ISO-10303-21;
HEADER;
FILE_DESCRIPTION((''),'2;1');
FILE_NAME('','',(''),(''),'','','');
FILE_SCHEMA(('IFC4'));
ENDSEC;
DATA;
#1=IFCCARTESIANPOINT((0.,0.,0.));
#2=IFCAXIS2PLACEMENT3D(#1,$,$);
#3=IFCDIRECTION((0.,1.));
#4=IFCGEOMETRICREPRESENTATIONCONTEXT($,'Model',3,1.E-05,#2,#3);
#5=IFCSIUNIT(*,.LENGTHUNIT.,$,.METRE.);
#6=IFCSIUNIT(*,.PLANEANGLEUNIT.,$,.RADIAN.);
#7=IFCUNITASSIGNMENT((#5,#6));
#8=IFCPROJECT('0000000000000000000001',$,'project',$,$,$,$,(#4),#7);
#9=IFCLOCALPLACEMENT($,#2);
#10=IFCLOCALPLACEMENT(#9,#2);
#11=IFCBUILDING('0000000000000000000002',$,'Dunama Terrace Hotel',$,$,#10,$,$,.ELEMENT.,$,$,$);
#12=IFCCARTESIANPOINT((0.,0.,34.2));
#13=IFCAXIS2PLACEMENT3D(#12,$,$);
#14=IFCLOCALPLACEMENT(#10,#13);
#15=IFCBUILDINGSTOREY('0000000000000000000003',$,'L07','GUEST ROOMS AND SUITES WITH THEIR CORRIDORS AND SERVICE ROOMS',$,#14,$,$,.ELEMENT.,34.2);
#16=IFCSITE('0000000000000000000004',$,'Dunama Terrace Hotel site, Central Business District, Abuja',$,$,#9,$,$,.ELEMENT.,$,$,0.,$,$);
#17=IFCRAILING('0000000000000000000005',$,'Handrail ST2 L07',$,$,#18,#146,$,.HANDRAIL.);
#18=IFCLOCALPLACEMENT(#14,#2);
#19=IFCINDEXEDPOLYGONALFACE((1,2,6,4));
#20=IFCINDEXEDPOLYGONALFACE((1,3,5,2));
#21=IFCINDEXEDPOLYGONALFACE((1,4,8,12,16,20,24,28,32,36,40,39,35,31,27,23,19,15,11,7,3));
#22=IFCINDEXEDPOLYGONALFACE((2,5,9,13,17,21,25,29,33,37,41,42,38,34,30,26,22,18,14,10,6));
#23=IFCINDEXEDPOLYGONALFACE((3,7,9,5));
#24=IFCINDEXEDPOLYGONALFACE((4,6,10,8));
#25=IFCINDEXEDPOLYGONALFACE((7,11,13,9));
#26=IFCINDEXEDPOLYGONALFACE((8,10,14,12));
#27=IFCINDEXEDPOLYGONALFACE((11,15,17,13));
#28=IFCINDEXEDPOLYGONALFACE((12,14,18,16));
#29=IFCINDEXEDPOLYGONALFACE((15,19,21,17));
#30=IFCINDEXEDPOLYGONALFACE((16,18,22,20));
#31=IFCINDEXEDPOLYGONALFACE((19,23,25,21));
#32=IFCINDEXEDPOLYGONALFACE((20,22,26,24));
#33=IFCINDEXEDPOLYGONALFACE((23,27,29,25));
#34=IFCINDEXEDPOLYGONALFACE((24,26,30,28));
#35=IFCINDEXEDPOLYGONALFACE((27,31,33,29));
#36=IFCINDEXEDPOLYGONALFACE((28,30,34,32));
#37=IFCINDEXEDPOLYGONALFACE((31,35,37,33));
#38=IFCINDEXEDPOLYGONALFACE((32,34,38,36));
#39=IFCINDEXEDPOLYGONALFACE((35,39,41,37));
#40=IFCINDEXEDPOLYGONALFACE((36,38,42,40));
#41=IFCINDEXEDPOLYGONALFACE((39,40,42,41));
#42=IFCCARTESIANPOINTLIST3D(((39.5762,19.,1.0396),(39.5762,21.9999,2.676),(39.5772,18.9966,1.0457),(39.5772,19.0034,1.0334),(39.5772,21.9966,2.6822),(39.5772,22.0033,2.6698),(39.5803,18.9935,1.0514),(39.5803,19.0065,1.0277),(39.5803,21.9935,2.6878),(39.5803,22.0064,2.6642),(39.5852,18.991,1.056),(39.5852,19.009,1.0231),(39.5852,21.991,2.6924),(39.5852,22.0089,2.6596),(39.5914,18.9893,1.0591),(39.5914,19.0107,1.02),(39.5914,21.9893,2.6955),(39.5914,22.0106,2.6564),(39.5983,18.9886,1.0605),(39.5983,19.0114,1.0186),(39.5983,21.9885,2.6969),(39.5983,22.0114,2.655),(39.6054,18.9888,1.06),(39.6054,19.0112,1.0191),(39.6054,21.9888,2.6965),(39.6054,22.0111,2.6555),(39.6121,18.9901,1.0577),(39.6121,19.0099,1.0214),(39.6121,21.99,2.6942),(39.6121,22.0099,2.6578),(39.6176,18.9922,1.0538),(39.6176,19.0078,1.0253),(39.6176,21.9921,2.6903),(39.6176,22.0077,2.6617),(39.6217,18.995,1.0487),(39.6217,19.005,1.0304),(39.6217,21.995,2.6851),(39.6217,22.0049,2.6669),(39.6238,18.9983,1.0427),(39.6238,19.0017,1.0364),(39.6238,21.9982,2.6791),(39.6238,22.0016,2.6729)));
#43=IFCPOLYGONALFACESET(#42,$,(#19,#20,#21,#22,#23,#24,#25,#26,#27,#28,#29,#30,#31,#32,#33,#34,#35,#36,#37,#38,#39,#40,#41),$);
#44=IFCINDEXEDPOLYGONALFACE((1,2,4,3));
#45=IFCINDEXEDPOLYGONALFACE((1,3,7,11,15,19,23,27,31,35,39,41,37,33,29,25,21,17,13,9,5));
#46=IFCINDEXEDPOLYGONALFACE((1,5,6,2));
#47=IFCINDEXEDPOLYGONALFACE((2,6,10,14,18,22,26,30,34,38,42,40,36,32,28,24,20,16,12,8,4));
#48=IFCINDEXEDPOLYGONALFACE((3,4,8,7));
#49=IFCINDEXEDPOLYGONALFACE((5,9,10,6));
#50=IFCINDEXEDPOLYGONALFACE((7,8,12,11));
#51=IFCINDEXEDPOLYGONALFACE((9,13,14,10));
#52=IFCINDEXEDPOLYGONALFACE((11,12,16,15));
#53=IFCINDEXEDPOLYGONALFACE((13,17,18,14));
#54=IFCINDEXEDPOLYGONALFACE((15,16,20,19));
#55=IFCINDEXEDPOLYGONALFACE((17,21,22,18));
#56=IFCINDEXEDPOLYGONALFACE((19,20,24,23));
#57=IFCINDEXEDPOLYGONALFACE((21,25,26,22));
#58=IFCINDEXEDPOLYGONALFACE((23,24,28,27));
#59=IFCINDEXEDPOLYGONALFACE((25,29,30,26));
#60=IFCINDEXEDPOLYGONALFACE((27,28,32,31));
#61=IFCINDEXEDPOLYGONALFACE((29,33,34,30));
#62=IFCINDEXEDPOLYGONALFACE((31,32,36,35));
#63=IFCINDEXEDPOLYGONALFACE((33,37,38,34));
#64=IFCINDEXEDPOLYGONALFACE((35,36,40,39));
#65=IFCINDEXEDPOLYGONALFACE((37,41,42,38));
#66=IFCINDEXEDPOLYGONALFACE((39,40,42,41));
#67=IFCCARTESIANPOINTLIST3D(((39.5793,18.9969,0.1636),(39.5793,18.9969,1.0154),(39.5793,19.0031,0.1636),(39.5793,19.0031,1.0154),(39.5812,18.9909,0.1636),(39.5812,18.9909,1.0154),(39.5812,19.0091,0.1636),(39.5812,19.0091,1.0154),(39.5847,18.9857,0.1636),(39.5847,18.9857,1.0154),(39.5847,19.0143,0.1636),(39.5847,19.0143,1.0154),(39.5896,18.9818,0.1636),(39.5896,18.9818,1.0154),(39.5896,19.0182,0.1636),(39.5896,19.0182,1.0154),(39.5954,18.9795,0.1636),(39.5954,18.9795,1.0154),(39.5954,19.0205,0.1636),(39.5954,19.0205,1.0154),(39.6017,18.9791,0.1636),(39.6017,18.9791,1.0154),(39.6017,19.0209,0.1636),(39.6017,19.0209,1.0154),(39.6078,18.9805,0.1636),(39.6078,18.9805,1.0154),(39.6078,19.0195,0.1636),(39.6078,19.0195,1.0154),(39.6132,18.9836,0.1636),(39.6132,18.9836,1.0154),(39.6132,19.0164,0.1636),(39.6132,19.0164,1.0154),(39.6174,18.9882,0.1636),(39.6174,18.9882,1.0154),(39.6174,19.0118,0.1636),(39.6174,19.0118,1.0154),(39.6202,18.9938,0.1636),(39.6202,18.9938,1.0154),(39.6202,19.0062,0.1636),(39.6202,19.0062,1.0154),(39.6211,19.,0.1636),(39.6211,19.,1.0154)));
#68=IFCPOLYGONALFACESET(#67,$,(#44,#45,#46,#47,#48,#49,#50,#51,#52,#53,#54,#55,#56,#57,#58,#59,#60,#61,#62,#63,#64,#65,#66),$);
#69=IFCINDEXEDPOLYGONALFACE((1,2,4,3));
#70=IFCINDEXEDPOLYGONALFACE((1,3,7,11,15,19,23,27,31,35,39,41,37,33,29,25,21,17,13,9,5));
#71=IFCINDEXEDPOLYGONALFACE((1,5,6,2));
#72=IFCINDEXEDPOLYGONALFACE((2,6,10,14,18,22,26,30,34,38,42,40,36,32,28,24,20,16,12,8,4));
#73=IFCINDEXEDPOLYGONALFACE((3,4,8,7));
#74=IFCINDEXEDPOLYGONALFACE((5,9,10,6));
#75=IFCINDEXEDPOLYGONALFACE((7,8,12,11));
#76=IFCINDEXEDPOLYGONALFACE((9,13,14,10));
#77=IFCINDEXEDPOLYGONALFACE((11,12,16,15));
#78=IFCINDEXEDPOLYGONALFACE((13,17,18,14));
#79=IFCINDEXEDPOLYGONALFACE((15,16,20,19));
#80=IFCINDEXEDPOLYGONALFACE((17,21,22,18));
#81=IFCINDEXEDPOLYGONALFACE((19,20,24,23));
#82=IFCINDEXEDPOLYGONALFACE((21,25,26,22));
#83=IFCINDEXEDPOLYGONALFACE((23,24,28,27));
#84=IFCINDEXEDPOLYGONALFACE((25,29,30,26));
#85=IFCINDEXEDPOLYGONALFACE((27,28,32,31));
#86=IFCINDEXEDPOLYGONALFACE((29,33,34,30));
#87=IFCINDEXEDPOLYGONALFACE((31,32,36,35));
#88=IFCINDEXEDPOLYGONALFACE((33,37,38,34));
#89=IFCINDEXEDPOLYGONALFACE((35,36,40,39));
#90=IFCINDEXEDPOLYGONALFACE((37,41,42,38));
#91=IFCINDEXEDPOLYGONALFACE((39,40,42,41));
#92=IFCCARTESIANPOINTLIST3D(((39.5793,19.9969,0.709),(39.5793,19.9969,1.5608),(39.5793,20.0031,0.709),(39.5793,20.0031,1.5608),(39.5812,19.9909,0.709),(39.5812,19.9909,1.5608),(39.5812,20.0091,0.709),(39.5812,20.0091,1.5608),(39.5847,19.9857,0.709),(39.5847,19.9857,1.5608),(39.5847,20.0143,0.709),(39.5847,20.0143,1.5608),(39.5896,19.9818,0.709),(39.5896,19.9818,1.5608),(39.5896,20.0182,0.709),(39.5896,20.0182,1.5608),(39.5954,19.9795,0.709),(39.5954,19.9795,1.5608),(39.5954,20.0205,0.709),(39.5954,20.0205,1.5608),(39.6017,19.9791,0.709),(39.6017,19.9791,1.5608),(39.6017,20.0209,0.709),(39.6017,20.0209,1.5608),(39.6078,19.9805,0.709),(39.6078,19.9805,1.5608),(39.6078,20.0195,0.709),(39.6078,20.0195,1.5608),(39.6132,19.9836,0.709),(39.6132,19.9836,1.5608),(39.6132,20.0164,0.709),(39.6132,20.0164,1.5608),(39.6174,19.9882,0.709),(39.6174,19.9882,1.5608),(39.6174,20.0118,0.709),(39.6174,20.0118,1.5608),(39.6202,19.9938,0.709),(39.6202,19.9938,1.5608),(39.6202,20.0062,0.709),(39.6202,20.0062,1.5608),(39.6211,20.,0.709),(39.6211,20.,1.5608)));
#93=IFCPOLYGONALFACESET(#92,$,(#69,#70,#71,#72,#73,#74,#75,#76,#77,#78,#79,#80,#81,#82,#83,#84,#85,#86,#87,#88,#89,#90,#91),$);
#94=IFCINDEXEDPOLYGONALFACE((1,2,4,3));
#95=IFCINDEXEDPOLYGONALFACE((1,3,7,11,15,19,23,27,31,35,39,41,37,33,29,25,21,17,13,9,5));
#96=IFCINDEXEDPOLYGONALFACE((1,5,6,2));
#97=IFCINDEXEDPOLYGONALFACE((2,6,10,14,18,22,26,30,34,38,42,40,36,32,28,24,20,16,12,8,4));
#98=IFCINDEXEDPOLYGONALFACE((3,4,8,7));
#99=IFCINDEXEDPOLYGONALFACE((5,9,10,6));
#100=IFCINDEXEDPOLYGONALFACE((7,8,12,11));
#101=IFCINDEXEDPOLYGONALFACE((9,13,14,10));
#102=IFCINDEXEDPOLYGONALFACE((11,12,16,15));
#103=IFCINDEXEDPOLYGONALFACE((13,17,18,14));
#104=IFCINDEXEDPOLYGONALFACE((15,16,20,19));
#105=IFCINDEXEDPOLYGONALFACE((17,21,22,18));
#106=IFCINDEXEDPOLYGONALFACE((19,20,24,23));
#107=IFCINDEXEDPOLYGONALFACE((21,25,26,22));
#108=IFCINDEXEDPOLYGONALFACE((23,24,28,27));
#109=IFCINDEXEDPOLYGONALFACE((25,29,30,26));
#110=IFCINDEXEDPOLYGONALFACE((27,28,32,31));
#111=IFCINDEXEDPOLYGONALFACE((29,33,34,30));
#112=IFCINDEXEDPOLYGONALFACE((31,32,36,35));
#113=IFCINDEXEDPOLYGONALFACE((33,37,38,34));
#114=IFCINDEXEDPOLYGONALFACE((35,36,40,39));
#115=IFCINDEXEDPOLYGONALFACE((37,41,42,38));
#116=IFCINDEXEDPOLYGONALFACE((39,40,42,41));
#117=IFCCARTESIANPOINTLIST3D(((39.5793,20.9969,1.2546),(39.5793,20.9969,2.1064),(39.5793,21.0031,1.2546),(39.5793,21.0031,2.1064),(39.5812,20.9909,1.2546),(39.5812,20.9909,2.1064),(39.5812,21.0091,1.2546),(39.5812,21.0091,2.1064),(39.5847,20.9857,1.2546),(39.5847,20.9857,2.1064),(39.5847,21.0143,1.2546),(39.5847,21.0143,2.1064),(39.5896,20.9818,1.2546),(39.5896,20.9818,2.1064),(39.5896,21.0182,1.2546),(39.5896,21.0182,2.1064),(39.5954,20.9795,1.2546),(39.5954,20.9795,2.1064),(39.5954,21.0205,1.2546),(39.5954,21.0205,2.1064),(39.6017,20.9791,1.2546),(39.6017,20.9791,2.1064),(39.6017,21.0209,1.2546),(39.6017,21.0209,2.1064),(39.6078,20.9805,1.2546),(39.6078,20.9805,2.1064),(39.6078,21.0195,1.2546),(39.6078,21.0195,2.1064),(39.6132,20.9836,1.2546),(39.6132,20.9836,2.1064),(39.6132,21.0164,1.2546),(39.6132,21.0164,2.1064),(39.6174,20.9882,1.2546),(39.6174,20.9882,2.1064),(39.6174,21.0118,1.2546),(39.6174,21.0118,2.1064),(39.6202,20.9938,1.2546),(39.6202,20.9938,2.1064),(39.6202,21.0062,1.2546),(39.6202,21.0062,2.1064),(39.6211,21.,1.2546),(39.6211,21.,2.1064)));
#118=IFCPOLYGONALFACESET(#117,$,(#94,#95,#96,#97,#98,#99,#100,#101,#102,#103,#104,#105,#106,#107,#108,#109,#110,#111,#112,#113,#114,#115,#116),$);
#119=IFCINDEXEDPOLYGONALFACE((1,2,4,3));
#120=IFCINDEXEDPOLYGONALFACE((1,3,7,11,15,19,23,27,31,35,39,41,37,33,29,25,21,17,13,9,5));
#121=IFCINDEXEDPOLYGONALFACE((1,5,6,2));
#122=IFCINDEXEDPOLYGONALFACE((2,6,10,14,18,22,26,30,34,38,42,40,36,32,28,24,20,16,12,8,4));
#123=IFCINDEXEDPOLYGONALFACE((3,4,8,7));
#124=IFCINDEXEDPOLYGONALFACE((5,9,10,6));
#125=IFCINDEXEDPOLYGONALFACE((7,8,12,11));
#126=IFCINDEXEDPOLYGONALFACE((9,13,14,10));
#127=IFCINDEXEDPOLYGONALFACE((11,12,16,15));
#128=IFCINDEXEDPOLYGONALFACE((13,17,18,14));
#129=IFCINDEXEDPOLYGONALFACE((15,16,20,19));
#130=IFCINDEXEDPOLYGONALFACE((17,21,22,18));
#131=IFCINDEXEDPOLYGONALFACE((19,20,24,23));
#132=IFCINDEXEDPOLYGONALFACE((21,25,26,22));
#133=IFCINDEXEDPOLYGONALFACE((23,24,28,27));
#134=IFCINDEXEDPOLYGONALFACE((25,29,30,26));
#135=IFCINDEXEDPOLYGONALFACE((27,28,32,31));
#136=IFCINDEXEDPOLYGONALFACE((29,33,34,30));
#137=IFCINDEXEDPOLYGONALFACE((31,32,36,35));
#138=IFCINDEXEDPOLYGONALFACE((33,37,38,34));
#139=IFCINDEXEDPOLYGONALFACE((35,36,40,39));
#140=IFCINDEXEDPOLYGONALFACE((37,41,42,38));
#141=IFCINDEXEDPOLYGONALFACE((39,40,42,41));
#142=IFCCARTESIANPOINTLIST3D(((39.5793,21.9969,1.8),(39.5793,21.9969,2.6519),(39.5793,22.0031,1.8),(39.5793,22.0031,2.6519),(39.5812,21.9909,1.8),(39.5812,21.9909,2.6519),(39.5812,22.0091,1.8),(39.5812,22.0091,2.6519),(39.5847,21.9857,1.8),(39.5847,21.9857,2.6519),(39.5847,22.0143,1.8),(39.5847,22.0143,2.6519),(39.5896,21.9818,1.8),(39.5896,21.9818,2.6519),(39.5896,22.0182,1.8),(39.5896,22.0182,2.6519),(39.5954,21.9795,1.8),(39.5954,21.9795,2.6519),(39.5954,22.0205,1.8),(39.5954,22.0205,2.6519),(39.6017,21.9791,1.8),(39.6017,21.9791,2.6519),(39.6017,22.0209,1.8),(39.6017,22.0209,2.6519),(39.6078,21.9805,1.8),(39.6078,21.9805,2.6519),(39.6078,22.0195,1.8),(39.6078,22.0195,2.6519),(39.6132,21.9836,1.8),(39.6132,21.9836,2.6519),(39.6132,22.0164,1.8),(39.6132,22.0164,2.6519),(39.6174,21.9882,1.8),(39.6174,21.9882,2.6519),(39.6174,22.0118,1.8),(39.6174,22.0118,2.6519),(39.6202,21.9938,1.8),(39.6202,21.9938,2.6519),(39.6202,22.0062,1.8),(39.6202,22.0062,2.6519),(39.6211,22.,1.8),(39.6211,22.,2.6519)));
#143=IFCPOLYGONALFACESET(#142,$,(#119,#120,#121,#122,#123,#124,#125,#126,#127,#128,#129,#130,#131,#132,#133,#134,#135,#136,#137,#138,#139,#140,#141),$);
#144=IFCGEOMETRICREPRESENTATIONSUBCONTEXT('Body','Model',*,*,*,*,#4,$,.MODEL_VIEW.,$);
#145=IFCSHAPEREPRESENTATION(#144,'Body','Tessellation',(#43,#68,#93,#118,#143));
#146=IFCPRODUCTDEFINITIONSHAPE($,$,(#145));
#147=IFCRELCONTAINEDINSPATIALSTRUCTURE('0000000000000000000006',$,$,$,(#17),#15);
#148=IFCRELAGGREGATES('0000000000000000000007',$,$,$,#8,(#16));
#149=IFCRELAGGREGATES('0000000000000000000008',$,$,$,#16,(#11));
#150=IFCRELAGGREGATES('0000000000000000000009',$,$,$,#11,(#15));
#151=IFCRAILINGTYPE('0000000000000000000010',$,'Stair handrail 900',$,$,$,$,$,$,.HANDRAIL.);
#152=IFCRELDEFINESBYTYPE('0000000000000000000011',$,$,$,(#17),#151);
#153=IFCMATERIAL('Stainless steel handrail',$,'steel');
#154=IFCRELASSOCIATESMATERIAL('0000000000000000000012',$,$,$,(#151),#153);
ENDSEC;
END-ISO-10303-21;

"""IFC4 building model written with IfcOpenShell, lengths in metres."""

from ifc_helpers import new_model, si_unit, direction, frame, origin, origin_2d, place, context, subcontext, project, spatial, circle, extrude, material, type_object, element, save


model = new_model("IFC4")

# Units and contexts
model_context = context("Model", 3, precision=1e-05, world=origin(), true_north=direction((0.0, 1.0)))
body_context = subcontext(model_context, "Body", "Model", "MODEL_VIEW")
ifc_project = project(units=[si_unit("LENGTHUNIT", "METRE"), si_unit("PLANEANGLEUNIT", "RADIAN")], contexts=[model_context])

# Site, building, storey
site_placement = place(None, origin())
site = spatial("IfcSite", under=ifc_project, at=site_placement, Name="Dunama Terrace Hotel site, Central Business District, Abuja", CompositionType="ELEMENT", RefElevation=0.0)
building_placement = place(site_placement, origin())
building = spatial("IfcBuilding", under=site, at=building_placement, Name="Dunama Terrace Hotel", CompositionType="ELEMENT")
storey_placement = place(building_placement, frame((0.0, 0.0, 34.2)))
storey = spatial("IfcBuildingStorey", under=building, at=storey_placement, Name="L07", Description="GUEST ROOMS AND SUITES WITH THEIR CORRIDORS AND SERVICE ROOMS", CompositionType="ELEMENT", Elevation=34.2)

# Railing
ifc_material_1 = material(Name="Stainless steel handrail", Category="steel")
railing_type = type_object("IfcRailingType", Name="Stair handrail 900", PredefinedType="HANDRAIL", material=ifc_material_1)
railing_1_placement = place(storey_placement, frame((39.6001, 19.0, 0.1636)))
element("IfcRailing", 1, at=railing_1_placement, inside=storey, type_object=railing_type, Name="Handrail ST2 L07", PredefinedType="HANDRAIL", context=body_context, shape_type="SweptSolid", body=[
    extrude(circle(Radius=0.0239, at=origin_2d()), frame((0.0, 0.0, 0.876), z_axis=(0.0, 0.877882, 0.478877), x_axis=(-1.0, 0.0, 0.0)), (0.0, 0.0, 1.0), 3.4172),
    extrude(circle(Radius=0.021, at=origin_2d()), origin(), (0.0, 0.0, 1.0), 0.8518),
    extrude(circle(Radius=0.021, at=origin_2d()), frame((0.0, 1.0, 0.5454)), (0.0, 0.0, 1.0), 0.8518),
    extrude(circle(Radius=0.021, at=origin_2d()), frame((0.0, 2.0, 1.0911)), (0.0, 0.0, 1.0), 0.8518),
    extrude(circle(Radius=0.021, at=origin_2d()), frame((0.0, 3.0, 1.6365)), (0.0, 0.0, 1.0), 0.8518),
])

save(model, "model.ifc")
